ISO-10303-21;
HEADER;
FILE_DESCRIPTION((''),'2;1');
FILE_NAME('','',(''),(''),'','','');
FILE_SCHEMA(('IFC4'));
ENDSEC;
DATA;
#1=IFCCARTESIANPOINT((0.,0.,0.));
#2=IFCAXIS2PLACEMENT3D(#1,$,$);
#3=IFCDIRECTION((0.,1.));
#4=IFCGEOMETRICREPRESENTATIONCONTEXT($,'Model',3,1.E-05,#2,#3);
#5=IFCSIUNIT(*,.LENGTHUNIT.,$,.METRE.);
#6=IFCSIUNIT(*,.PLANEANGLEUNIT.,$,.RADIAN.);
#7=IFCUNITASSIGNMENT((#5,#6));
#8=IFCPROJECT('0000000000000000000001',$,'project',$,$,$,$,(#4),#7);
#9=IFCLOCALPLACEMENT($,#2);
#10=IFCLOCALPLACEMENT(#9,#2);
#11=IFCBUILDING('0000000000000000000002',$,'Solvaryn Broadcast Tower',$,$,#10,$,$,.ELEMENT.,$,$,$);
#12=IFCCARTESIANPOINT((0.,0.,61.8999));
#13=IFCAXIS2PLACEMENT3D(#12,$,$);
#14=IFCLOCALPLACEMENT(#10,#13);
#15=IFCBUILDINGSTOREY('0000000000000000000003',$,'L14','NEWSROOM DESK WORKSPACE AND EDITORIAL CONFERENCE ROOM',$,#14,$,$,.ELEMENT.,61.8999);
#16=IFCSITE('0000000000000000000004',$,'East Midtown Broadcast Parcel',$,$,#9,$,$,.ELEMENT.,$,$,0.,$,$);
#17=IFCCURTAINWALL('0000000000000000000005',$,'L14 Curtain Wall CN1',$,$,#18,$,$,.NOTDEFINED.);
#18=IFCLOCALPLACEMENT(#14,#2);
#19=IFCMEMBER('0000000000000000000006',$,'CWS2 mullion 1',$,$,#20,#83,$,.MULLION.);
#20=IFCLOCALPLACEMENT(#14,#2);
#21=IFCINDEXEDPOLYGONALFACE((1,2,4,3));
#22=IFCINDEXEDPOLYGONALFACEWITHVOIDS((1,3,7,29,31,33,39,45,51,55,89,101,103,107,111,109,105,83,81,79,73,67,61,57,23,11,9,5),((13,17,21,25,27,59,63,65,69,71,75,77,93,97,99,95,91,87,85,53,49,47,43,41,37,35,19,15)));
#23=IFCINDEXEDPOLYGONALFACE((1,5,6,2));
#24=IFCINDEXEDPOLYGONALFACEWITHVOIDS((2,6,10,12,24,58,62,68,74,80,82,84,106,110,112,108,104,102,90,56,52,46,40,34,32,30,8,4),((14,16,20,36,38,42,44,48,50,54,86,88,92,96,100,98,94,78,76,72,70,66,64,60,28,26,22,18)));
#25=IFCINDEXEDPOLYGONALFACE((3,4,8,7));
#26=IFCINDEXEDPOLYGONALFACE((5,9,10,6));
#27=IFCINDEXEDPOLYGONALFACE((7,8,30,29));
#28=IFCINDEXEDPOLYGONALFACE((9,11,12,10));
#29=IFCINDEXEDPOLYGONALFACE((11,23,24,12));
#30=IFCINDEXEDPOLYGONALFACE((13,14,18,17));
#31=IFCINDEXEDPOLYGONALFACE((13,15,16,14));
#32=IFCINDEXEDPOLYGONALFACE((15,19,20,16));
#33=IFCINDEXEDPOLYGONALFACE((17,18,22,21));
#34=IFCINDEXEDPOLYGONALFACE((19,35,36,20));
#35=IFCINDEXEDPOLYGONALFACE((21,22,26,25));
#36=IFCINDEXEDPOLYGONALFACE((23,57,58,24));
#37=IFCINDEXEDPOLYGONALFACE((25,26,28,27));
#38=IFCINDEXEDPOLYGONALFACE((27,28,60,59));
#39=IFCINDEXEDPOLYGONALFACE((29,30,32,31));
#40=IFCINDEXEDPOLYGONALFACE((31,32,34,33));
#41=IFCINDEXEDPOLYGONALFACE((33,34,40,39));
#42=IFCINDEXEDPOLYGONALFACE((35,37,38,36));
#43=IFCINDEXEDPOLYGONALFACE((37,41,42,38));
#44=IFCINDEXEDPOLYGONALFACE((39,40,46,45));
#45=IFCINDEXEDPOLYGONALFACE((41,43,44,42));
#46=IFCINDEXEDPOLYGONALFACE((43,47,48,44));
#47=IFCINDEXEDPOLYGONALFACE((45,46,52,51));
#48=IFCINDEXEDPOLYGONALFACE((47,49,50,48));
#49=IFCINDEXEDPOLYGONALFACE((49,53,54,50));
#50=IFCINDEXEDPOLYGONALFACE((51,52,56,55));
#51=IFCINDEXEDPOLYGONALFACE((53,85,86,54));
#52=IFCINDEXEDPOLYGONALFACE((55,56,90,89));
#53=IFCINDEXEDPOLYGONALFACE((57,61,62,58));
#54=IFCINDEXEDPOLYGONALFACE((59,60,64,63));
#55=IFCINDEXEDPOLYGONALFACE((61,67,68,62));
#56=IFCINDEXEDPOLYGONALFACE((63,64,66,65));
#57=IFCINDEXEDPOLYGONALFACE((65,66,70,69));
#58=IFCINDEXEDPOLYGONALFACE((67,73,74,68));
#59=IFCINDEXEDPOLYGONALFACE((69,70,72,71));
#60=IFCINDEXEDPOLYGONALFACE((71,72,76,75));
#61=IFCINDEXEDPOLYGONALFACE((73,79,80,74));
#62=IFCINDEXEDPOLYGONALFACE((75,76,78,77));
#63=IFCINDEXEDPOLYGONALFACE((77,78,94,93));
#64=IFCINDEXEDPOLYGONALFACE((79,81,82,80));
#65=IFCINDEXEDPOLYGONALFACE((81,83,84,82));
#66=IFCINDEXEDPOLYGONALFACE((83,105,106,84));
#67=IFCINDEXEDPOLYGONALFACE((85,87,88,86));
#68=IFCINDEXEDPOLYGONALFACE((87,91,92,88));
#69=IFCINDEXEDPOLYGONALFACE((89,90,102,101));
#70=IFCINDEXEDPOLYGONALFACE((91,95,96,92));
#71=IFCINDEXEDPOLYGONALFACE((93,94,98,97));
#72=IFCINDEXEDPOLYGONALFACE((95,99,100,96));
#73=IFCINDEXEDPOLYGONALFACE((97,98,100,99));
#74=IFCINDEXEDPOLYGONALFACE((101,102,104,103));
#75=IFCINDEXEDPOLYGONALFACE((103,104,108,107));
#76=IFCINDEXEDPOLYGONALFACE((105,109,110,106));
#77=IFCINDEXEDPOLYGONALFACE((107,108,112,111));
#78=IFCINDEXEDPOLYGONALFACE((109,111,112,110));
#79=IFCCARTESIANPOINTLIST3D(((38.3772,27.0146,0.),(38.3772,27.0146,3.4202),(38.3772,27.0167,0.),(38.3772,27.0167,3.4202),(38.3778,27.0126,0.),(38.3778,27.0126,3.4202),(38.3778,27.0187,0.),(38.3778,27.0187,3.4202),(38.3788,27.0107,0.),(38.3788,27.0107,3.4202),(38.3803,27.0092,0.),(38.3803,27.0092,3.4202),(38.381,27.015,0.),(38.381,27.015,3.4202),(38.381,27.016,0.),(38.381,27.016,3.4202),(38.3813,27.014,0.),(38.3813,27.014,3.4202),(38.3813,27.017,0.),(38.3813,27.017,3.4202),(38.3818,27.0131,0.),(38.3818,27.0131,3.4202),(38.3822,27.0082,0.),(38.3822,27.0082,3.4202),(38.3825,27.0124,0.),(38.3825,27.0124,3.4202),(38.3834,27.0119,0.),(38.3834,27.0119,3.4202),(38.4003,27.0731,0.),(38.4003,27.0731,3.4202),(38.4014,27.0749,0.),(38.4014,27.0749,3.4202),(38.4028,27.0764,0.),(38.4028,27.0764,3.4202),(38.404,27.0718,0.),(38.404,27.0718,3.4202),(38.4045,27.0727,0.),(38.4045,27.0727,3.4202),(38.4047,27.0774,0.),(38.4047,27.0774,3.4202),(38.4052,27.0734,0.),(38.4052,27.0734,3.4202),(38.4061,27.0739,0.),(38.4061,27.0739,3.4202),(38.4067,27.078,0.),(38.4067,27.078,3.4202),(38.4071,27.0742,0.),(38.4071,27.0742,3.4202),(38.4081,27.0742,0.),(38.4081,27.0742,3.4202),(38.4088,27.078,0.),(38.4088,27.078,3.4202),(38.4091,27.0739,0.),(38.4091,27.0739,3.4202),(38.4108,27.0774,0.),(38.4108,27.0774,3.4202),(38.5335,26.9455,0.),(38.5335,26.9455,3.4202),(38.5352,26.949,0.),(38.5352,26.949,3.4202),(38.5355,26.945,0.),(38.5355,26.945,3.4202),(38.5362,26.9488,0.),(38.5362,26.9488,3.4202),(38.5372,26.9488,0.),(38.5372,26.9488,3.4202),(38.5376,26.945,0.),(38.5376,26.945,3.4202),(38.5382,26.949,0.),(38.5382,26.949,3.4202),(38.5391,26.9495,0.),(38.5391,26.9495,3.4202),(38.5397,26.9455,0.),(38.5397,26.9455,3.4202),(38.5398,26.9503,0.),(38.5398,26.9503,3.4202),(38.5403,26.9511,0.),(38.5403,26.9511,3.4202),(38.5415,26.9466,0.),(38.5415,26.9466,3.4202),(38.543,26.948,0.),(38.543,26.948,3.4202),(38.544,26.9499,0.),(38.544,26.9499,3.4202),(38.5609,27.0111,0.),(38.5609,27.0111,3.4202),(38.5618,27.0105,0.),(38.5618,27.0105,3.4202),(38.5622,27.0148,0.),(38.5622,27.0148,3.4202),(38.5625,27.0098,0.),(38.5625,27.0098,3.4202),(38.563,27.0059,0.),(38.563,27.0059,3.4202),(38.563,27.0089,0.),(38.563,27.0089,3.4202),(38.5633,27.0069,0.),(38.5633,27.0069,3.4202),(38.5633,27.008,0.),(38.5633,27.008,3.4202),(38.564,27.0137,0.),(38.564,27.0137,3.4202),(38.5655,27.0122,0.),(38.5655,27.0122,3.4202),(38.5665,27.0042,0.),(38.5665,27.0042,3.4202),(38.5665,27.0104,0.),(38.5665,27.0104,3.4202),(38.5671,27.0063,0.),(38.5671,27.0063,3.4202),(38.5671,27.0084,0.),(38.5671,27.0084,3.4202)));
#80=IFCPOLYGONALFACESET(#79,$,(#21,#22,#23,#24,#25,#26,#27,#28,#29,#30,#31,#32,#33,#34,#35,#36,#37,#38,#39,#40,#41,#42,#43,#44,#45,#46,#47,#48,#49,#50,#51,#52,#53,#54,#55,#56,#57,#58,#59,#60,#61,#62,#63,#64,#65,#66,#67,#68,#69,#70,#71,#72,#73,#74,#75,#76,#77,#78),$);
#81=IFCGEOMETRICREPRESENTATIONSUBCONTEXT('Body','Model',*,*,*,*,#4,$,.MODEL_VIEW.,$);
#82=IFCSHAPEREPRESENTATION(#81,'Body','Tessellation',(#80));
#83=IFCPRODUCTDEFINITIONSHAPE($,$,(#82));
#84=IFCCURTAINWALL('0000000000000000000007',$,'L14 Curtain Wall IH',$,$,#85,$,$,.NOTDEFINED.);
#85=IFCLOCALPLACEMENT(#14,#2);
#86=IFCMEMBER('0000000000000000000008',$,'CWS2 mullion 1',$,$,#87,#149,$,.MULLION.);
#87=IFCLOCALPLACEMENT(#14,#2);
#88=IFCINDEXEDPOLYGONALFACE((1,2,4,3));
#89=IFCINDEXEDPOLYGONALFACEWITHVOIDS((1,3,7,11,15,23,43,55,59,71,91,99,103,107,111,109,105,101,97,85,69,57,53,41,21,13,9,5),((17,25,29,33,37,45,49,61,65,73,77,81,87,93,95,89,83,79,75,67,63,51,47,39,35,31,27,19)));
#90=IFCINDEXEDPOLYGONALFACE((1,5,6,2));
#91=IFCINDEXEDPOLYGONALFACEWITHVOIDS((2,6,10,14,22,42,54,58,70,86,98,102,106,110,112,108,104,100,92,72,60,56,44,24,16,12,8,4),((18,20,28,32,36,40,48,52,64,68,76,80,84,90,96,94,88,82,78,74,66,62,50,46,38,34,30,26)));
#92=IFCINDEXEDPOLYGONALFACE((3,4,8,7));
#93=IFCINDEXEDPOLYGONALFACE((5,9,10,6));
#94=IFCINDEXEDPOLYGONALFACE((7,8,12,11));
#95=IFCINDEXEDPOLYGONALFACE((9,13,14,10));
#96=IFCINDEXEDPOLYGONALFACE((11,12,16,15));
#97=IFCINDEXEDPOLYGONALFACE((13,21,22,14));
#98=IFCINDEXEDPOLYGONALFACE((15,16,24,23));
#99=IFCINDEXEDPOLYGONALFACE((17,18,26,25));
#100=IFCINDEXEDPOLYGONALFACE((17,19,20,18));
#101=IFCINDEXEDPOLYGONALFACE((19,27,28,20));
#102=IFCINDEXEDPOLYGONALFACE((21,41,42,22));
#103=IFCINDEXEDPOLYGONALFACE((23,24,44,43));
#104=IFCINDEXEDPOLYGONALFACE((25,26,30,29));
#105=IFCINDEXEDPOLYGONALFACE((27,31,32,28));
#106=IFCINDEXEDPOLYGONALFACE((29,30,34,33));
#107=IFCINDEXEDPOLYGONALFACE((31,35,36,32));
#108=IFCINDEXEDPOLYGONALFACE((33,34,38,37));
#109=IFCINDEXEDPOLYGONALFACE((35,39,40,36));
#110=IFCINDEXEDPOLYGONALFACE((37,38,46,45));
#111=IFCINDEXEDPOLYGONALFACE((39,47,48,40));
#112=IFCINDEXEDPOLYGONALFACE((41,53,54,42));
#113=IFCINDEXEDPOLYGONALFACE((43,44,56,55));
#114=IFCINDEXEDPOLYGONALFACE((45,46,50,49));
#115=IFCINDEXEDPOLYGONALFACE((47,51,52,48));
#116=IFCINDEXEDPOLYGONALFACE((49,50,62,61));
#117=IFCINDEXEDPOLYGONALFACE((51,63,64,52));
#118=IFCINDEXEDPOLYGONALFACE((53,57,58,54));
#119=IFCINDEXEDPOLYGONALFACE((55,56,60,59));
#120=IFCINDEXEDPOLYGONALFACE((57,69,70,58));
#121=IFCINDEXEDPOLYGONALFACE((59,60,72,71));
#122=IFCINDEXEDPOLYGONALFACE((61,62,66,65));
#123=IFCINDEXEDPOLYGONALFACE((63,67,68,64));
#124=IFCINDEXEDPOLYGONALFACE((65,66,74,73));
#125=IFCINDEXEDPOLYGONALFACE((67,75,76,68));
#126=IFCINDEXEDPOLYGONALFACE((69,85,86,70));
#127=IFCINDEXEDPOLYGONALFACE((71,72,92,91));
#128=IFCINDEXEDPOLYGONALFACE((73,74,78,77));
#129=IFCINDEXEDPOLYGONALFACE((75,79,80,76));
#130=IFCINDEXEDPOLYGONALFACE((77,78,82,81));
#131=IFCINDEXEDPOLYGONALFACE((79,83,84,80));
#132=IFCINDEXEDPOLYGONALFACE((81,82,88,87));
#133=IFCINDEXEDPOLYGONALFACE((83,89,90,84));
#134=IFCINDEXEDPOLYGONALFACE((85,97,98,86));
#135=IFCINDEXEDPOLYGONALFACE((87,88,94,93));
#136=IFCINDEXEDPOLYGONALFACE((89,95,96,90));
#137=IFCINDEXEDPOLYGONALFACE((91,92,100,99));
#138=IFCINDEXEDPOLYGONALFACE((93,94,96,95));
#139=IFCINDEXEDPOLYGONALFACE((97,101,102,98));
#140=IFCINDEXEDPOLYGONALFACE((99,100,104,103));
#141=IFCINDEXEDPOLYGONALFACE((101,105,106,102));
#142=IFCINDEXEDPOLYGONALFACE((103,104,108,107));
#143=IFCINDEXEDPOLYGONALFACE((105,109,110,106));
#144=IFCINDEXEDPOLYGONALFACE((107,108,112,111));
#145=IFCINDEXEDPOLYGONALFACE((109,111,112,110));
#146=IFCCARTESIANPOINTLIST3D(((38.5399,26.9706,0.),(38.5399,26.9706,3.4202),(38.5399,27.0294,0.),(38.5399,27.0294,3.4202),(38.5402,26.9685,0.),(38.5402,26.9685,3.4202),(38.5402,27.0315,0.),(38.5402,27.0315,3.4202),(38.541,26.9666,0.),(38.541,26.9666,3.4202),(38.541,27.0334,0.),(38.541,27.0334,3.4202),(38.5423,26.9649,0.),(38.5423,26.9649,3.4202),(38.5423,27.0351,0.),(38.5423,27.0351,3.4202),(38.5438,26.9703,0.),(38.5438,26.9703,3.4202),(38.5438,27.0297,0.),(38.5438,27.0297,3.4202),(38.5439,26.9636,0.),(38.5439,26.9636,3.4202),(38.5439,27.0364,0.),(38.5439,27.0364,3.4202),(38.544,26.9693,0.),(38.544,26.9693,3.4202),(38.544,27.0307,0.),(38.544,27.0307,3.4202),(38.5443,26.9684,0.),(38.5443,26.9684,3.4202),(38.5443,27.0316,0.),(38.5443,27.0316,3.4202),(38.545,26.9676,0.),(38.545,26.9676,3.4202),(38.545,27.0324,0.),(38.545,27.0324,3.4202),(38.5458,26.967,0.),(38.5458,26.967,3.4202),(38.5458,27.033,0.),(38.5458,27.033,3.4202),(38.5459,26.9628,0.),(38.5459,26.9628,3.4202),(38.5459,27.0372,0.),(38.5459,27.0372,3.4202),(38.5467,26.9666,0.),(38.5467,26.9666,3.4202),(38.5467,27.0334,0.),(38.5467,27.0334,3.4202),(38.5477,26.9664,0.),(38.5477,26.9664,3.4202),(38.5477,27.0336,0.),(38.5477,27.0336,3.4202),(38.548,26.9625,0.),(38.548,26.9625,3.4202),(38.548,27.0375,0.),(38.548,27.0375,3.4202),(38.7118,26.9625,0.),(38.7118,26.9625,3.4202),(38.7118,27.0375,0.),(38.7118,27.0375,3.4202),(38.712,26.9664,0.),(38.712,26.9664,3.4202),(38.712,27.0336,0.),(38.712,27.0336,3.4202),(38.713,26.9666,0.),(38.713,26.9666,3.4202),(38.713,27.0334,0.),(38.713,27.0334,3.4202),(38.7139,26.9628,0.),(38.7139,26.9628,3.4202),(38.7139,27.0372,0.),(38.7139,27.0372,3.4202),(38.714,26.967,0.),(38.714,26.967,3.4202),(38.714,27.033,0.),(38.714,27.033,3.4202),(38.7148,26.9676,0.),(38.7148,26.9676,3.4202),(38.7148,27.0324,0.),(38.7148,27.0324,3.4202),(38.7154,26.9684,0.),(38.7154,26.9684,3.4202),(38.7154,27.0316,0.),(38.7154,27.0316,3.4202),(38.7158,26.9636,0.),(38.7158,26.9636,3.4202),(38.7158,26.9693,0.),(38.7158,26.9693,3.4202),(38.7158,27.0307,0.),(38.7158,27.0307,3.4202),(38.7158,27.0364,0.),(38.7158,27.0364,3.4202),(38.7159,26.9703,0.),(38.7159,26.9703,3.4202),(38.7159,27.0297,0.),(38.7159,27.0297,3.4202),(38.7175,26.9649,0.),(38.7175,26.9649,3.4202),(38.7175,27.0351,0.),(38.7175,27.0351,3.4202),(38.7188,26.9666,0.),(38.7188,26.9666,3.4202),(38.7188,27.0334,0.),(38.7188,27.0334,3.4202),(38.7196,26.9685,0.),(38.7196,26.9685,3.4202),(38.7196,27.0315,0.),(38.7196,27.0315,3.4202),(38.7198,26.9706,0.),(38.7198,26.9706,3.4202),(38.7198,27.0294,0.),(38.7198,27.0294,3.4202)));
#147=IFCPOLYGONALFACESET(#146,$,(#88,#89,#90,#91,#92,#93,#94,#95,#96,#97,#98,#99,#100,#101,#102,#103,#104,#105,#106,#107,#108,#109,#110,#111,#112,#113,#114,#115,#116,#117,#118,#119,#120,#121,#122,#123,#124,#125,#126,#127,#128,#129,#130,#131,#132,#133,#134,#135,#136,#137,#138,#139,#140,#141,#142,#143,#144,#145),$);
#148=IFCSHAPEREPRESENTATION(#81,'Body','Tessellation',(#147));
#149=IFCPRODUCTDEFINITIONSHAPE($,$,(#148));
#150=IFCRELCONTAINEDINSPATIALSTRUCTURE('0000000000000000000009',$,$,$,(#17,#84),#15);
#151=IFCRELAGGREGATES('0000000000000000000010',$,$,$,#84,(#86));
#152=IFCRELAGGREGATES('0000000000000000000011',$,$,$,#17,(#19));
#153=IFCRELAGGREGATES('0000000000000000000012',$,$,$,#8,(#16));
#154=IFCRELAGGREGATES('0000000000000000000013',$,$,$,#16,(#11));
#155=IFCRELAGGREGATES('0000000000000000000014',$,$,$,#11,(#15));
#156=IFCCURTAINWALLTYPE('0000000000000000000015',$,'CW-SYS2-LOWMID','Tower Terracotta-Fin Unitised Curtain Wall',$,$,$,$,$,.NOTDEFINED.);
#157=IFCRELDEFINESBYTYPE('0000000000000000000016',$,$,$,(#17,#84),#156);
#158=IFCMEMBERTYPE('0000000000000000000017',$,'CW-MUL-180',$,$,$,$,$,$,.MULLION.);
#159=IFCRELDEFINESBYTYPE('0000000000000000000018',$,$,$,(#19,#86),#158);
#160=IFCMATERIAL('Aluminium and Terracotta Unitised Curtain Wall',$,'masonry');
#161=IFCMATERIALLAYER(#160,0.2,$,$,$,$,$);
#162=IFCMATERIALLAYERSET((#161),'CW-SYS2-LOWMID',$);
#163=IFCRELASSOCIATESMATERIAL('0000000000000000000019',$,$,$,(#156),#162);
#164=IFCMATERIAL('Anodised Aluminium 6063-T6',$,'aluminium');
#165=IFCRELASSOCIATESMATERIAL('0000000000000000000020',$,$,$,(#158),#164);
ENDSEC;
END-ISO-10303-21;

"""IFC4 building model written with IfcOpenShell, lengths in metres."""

from ifc_helpers import new_model, si_unit, direction, frame, origin, origin_2d, place, context, subcontext, project, spatial, hollow_rectangle, extrude, material, layer, layer_set, material_profile, profile_set, type_object, element, aggregate, save


model = new_model("IFC4")

# Units and contexts
model_context = context("Model", 3, precision=1e-05, world=origin(), true_north=direction((0.0, 1.0)))
body_context = subcontext(model_context, "Body", "Model", "MODEL_VIEW")
ifc_project = project(units=[si_unit("LENGTHUNIT", "METRE"), si_unit("PLANEANGLEUNIT", "RADIAN")], contexts=[model_context])

# Site, building, storey
site_placement = place(None, origin())
site = spatial("IfcSite", under=ifc_project, at=site_placement, Name="East Midtown Broadcast Parcel", CompositionType="ELEMENT", RefElevation=0.0)
building_placement = place(site_placement, origin())
building = spatial("IfcBuilding", under=site, at=building_placement, Name="Solvaryn Broadcast Tower", CompositionType="ELEMENT")
storey_placement = place(building_placement, frame((0.0, 0.0, 61.8999)))
storey = spatial("IfcBuildingStorey", under=building, at=storey_placement, Name="L14", Description="NEWSROOM DESK WORKSPACE AND EDITORIAL CONFERENCE ROOM", CompositionType="ELEMENT", Elevation=61.8999)

# Curtain walls, members
ifc_material_1 = material(Name="Aluminium and Terracotta Unitised Curtain Wall", Category="masonry")
ifc_layer_1 = layer(ifc_material_1, 0.2)
ifc_layer_set_1 = layer_set([ifc_layer_1], Name="CW-SYS2-LOWMID")
curtain_wall_type = type_object("IfcCurtainWallType", Name="CW-SYS2-LOWMID", Description="Tower Terracotta-Fin Unitised Curtain Wall", PredefinedType="NOTDEFINED", material=ifc_layer_set_1)
curtain_wall_1_placement = place(storey_placement, origin())
curtain_wall_1 = element("IfcCurtainWall", 1, at=curtain_wall_1_placement, inside=storey, type_object=curtain_wall_type, Name="L14 Curtain Wall CN1", PredefinedType="NOTDEFINED")
ifc_material_2 = material(Name="Anodised Aluminium 6063-T6", Category="aluminium")
ifc_material_profile_1 = material_profile(ifc_material_2, hollow_rectangle(XDim=0.075, YDim=0.1799, WallThickness=0.0039, InnerFilletRadius=0.0039, OuterFilletRadius=0.0081, at=origin_2d()))
ifc_profile_set_1 = profile_set([ifc_material_profile_1], Name="Anodised Aluminium 6063-T6")
member_type_1 = type_object("IfcMemberType", Name="CW-MUL-180", PredefinedType="MULLION", material=ifc_profile_set_1)
member_1_placement = place(storey_placement, frame((38.4722, 27.0115, 0.0), z_axis=(0.0, 0.0, 1.0), x_axis=(-0.382646, -0.923895, 0.0)))
member_1 = element("IfcMember", 2, at=member_1_placement, type_object=member_type_1, Name="CWS2 mullion 1", PredefinedType="MULLION", context=body_context, shape_type="SweptSolid", body=[
    extrude(hollow_rectangle(XDim=0.075, YDim=0.1799, WallThickness=0.0039, InnerFilletRadius=0.0039, OuterFilletRadius=0.0081, at=origin_2d()), origin(), (0.0, 0.0, 1.0), 3.4202),
])
curtain_wall_2_placement = place(storey_placement, origin())
curtain_wall_2 = element("IfcCurtainWall", 3, at=curtain_wall_2_placement, inside=storey, type_object=curtain_wall_type, Name="L14 Curtain Wall IH", PredefinedType="NOTDEFINED")
member_2_placement = place(storey_placement, frame((38.6299, 27.0, 0.0), z_axis=(0.0, 0.0, 1.0), x_axis=(0.0, 1.0, 0.0)))
member_2 = element("IfcMember", 4, at=member_2_placement, type_object=member_type_1, Name="CWS2 mullion 1", PredefinedType="MULLION", context=body_context, shape_type="SweptSolid", body=[
    extrude(hollow_rectangle(XDim=0.075, YDim=0.1799, WallThickness=0.0039, InnerFilletRadius=0.0039, OuterFilletRadius=0.0081, at=origin_2d()), origin(), (0.0, 0.0, 1.0), 3.4202),
])

aggregate(curtain_wall_2, [member_2])

aggregate(curtain_wall_1, [member_1])

save(model, "model.ifc")
